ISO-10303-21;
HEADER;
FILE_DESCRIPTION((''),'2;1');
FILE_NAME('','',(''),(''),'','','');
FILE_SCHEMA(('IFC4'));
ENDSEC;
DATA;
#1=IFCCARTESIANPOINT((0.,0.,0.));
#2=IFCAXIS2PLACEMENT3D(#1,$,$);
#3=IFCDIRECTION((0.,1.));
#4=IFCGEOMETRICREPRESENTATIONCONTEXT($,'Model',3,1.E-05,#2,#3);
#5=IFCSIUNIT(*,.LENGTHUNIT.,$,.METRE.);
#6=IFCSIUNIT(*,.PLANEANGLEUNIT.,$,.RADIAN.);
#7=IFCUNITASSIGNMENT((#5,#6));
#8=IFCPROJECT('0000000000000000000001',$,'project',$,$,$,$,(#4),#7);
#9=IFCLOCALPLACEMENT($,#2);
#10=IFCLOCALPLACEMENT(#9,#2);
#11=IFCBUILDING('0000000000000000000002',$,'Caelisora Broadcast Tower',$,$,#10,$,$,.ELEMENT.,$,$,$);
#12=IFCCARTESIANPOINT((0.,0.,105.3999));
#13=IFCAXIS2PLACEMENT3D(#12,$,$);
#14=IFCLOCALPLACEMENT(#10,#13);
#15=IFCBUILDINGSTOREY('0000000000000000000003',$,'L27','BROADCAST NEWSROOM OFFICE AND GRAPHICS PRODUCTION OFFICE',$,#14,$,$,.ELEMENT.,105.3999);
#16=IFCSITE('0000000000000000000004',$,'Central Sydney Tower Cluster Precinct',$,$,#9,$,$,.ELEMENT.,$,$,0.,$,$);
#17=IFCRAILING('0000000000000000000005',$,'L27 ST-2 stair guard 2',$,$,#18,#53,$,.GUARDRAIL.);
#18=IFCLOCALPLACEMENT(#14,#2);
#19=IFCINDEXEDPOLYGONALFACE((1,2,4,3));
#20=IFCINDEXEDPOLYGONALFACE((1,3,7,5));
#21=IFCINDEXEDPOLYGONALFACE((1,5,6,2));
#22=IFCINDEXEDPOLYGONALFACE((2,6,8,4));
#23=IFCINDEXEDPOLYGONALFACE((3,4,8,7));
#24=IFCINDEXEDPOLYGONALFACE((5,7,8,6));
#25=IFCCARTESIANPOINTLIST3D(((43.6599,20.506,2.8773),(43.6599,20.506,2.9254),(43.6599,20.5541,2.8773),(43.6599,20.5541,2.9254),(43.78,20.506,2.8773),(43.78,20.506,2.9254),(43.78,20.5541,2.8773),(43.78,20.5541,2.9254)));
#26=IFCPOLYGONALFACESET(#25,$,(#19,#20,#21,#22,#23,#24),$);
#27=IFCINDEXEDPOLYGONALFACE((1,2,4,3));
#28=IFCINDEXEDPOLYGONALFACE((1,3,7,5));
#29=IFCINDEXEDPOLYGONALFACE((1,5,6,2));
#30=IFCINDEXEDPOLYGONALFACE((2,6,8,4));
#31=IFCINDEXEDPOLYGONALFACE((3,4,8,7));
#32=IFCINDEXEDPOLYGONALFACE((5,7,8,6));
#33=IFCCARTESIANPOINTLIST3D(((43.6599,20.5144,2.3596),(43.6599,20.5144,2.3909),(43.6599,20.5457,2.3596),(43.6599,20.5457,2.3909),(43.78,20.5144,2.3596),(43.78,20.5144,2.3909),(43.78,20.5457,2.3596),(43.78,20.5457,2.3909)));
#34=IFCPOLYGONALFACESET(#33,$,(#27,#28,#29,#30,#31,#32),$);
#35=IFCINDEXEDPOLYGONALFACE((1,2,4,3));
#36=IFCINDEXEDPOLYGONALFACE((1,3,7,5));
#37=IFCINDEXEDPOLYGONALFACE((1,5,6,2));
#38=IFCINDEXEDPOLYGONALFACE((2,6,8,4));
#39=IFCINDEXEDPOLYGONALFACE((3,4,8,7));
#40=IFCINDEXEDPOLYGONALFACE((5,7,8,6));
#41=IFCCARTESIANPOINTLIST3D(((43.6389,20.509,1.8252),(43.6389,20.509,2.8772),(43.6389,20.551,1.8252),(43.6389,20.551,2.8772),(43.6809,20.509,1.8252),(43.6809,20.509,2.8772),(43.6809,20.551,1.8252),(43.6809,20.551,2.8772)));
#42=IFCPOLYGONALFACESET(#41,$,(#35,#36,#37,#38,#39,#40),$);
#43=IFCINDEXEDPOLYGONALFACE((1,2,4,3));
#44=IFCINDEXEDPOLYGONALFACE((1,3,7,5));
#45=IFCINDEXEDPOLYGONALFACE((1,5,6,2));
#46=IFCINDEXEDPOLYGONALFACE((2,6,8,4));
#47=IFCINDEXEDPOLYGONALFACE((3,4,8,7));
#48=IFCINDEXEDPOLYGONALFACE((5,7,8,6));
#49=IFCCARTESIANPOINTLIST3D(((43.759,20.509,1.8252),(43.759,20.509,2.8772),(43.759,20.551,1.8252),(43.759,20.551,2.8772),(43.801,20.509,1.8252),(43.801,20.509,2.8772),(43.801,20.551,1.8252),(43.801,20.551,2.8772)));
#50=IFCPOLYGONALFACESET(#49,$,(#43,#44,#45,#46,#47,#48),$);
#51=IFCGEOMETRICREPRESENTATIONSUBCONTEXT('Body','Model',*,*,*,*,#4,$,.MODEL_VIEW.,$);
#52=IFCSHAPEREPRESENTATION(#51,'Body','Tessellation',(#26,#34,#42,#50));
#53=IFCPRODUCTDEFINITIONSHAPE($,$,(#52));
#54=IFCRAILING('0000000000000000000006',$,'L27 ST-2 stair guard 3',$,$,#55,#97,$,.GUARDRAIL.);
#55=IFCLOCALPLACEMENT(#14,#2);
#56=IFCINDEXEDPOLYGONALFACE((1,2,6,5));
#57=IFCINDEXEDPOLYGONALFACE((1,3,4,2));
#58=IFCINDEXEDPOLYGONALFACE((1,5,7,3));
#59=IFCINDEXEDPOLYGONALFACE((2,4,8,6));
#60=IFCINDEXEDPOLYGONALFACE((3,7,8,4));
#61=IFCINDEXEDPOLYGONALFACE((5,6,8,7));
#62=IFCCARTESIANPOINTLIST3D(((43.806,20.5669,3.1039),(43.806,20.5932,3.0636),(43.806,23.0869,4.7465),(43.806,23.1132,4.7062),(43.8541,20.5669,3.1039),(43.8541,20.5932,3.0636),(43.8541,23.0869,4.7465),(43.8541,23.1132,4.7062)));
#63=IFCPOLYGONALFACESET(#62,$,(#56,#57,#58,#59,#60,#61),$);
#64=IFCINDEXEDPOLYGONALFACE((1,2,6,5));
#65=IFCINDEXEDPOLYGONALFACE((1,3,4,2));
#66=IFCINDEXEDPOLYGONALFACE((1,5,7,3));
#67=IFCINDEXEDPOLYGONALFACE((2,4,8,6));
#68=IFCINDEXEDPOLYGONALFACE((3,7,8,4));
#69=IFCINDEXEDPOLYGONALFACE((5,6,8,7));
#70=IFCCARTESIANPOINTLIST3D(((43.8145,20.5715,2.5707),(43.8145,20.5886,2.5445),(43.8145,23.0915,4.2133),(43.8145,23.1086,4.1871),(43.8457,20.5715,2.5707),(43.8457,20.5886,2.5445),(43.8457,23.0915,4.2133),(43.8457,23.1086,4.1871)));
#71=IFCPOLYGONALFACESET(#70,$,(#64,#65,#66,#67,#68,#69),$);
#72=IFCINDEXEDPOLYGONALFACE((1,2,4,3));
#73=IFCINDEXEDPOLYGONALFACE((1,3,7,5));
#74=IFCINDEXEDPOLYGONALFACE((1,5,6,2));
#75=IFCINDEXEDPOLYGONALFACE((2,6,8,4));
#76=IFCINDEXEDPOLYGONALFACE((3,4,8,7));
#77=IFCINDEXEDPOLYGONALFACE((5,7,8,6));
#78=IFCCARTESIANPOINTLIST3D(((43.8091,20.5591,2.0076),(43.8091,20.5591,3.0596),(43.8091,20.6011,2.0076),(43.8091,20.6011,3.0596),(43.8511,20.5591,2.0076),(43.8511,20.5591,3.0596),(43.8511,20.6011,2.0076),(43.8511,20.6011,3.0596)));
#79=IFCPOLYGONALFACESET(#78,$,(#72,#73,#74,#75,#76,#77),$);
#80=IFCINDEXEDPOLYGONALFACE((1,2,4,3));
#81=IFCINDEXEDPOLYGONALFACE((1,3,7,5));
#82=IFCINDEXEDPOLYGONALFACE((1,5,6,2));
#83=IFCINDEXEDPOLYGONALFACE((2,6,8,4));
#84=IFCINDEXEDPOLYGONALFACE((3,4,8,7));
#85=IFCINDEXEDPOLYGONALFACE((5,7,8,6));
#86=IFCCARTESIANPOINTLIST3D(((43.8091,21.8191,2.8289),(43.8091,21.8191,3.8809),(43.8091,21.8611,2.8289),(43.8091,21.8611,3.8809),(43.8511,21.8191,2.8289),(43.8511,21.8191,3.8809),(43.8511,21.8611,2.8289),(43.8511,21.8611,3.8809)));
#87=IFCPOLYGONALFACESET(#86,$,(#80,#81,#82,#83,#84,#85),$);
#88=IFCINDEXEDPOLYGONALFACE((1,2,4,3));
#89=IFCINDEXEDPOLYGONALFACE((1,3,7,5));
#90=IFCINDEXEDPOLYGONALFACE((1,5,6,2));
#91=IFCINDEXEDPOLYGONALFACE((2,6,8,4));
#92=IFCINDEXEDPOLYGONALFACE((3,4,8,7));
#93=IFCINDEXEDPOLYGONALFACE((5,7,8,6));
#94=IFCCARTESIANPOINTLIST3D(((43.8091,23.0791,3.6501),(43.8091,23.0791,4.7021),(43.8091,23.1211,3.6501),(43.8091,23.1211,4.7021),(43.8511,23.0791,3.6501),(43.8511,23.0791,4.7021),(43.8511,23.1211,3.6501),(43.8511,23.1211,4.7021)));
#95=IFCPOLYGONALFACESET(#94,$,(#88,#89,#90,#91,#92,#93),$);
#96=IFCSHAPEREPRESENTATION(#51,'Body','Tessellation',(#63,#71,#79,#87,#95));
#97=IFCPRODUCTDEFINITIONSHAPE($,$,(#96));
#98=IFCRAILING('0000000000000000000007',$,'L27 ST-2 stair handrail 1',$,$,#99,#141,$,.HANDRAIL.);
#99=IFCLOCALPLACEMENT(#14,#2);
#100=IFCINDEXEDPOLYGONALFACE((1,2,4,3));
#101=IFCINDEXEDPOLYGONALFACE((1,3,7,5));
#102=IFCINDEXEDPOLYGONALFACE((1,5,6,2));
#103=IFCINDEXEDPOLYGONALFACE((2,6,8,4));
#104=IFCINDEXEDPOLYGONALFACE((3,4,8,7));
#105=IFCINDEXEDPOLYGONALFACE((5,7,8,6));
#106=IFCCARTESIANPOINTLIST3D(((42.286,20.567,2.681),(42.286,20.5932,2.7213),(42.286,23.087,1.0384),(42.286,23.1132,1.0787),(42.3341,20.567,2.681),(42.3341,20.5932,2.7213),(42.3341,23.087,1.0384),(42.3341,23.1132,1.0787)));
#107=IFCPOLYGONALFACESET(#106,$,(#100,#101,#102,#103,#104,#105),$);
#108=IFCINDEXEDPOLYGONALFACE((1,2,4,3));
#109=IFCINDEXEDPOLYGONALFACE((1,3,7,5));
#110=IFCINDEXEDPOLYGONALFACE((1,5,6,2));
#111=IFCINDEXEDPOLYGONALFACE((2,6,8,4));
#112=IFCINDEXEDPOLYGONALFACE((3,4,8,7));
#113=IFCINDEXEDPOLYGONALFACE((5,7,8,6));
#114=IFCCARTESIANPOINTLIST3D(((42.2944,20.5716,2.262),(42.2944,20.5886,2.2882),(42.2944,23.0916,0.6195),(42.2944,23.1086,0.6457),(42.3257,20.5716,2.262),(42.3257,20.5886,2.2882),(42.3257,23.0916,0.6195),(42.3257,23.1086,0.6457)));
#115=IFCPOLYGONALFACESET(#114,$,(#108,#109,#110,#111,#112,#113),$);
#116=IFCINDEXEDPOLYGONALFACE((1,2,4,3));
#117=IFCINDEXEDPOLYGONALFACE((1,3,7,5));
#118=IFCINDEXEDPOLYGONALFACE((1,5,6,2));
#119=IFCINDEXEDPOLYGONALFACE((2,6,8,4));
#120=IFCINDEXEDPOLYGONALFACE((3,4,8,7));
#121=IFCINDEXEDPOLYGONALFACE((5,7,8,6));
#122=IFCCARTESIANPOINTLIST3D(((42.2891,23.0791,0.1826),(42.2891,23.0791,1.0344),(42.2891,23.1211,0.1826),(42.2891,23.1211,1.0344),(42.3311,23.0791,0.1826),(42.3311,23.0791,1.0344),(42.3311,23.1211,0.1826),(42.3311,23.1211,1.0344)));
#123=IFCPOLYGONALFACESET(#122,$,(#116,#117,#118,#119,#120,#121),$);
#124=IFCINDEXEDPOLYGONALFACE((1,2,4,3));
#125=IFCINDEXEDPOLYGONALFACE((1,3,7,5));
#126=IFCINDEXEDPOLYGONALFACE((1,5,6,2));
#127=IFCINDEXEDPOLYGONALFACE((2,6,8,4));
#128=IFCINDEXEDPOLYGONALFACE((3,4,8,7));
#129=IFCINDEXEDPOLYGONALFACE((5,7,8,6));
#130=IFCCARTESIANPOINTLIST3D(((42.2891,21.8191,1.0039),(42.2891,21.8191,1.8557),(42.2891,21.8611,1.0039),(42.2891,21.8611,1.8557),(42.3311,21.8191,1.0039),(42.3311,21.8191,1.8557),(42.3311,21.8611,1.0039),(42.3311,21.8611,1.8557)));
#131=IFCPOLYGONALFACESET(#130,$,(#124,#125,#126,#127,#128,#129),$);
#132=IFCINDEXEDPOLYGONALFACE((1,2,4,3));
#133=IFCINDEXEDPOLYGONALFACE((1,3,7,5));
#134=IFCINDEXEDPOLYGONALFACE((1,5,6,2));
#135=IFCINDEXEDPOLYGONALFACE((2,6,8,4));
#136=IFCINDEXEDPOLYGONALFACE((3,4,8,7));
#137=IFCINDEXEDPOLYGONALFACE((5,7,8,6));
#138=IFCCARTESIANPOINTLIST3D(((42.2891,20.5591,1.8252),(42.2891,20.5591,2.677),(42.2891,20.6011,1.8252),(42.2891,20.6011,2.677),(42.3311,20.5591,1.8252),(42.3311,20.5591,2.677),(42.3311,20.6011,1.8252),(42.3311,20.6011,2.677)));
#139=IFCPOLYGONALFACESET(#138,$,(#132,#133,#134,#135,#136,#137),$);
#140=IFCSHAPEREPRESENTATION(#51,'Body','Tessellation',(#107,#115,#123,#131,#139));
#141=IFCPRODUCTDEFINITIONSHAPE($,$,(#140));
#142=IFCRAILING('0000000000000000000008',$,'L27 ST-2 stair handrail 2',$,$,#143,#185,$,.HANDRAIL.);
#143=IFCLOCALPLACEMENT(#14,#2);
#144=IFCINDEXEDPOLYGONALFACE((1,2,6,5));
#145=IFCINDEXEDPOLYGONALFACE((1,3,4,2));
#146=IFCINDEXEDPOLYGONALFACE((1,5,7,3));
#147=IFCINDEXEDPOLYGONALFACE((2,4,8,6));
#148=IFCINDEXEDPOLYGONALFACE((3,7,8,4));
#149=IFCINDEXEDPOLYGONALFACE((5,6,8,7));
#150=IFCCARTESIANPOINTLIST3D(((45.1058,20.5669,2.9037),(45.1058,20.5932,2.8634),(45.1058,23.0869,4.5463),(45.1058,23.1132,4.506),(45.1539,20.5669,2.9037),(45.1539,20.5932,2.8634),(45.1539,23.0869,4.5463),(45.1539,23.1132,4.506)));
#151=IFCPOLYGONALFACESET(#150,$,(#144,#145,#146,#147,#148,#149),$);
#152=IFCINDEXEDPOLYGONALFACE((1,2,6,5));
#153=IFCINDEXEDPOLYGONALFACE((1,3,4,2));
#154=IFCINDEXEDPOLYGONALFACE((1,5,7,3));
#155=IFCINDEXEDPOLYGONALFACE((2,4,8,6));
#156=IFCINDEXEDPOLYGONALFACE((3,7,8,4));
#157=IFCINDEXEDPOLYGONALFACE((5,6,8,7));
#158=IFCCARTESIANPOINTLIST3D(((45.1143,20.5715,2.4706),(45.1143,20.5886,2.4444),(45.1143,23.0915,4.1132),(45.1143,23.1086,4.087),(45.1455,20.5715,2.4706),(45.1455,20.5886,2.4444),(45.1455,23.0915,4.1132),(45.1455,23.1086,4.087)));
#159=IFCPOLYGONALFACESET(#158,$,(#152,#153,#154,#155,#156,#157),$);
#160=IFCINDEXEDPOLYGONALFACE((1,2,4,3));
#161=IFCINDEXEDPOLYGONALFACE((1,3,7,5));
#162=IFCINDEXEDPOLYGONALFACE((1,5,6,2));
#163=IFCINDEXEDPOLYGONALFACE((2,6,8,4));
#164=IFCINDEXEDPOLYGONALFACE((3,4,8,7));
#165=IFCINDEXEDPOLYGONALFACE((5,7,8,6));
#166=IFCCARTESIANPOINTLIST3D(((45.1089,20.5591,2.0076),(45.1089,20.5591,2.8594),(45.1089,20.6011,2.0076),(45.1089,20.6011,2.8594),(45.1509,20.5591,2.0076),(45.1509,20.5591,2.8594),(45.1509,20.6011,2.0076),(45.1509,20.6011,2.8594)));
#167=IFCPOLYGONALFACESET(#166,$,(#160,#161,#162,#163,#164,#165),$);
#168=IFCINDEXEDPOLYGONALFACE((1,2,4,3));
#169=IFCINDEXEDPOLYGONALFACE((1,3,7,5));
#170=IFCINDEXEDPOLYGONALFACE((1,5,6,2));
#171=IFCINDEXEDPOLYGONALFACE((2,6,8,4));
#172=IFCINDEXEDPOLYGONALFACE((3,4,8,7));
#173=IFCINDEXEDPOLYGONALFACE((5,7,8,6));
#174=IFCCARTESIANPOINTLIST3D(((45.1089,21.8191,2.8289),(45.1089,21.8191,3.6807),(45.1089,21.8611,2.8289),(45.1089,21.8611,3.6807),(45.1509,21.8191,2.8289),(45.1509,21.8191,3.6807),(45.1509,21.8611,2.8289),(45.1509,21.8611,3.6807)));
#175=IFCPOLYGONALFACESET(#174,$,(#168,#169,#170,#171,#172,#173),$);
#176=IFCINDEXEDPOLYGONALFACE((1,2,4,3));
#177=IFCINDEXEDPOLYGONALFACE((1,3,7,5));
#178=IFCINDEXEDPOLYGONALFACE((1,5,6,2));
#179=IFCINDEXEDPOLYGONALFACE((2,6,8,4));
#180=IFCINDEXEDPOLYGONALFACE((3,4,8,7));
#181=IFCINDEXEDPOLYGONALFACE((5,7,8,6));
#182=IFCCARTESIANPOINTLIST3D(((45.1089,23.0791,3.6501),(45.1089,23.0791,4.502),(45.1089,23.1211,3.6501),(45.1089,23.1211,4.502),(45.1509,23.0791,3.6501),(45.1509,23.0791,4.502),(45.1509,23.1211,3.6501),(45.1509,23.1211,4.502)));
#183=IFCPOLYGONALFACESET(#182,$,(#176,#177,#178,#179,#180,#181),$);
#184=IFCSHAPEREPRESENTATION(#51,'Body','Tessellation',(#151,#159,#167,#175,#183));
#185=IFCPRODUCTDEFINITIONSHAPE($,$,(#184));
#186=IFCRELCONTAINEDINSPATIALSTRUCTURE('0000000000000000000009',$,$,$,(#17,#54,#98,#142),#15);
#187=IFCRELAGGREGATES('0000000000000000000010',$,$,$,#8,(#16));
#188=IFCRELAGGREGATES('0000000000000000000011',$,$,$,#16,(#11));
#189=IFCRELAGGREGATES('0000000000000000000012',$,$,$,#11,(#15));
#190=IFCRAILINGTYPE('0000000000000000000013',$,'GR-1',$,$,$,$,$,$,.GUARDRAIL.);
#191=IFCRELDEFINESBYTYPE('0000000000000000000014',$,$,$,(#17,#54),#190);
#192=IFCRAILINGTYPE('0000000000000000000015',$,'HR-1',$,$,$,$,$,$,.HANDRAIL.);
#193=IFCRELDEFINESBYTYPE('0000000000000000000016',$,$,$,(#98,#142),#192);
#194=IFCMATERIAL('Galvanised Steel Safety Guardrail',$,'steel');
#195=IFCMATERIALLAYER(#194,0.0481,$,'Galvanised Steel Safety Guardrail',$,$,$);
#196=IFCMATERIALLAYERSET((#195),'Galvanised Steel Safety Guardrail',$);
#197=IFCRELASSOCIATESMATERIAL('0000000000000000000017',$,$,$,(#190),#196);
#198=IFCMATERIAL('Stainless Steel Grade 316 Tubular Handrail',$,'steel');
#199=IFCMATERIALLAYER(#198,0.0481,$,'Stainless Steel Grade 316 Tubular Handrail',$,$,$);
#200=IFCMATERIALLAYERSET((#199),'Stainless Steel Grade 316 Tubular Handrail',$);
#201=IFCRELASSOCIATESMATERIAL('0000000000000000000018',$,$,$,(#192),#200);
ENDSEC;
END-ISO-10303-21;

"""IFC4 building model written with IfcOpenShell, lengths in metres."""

from ifc_helpers import new_model, si_unit, direction, frame, origin, origin_2d, place, context, subcontext, project, spatial, rectangle, extrude, material, layer, layer_set, type_object, element, save


model = new_model("IFC4")

# Units and contexts
model_context = context("Model", 3, precision=1e-05, world=origin(), true_north=direction((0.0, 1.0)))
body_context = subcontext(model_context, "Body", "Model", "MODEL_VIEW")
ifc_project = project(units=[si_unit("LENGTHUNIT", "METRE"), si_unit("PLANEANGLEUNIT", "RADIAN")], contexts=[model_context])

# Site, building, storey
site_placement = place(None, origin())
site = spatial("IfcSite", under=ifc_project, at=site_placement, Name="Central Sydney Tower Cluster Precinct", CompositionType="ELEMENT", RefElevation=0.0)
building_placement = place(site_placement, origin())
building = spatial("IfcBuilding", under=site, at=building_placement, Name="Caelisora Broadcast Tower", CompositionType="ELEMENT")
storey_placement = place(building_placement, frame((0.0, 0.0, 105.3999)))
storey = spatial("IfcBuildingStorey", under=building, at=storey_placement, Name="L27", Description="BROADCAST NEWSROOM OFFICE AND GRAPHICS PRODUCTION OFFICE", CompositionType="ELEMENT", Elevation=105.3999)

# Railings
ifc_material_1 = material(Name="Galvanised Steel Safety Guardrail", Category="steel")
ifc_layer_1 = layer(ifc_material_1, 0.0481, Name="Galvanised Steel Safety Guardrail")
ifc_layer_set_1 = layer_set([ifc_layer_1], Name="Galvanised Steel Safety Guardrail")
railing_type_1 = type_object("IfcRailingType", Name="GR-1", PredefinedType="GUARDRAIL", material=ifc_layer_set_1)
railing_1_placement = place(storey_placement, frame((43.6599, 20.53, 1.8252)))
element("IfcRailing", 1, at=railing_1_placement, inside=storey, type_object=railing_type_1, Name="L27 ST-2 stair guard 2", PredefinedType="GUARDRAIL", context=body_context, shape_type="SweptSolid", body=[
    extrude(rectangle(XDim=0.0481, YDim=0.0481, at=origin_2d()), frame((0.0, 0.0, 1.0762), z_axis=(1.0, 0.0, 0.0), x_axis=(0.0, 1.0, 0.0)), (0.0, 0.0, 1.0), 0.1201),
    extrude(rectangle(XDim=0.0312, YDim=0.0312, at=origin_2d()), frame((0.0, 0.0, 0.55), z_axis=(1.0, 0.0, 0.0), x_axis=(0.0, 1.0, 0.0)), (0.0, 0.0, 1.0), 0.1201),
    extrude(rectangle(XDim=0.042, YDim=0.042, at=origin_2d()), origin(), (0.0, 0.0, 1.0), 1.052),
    extrude(rectangle(XDim=0.042, YDim=0.042, at=origin_2d()), frame((0.1201, 0.0, 0.0)), (0.0, 0.0, 1.0), 1.052),
])
railing_2_placement = place(storey_placement, frame((43.8301, 20.5801, 2.0076)))
element("IfcRailing", 2, at=railing_2_placement, inside=storey, type_object=railing_type_1, Name="L27 ST-2 stair guard 3", PredefinedType="GUARDRAIL", context=body_context, shape_type="SweptSolid", body=[
    extrude(rectangle(XDim=0.0481, YDim=0.0481, at=origin_2d()), frame((0.0, 0.0, 1.0762), z_axis=(0.0, 0.837749, 0.546055), x_axis=(-1.0, 0.0, 0.0)), (0.0, 0.0, 1.0), 3.0081),
    extrude(rectangle(XDim=0.0312, YDim=0.0312, at=origin_2d()), frame((0.0, 0.0, 0.55), z_axis=(0.0, 0.837749, 0.546055), x_axis=(-1.0, 0.0, 0.0)), (0.0, 0.0, 1.0), 3.0081),
    extrude(rectangle(XDim=0.042, YDim=0.042, at=origin_2d()), origin(), (0.0, 0.0, 1.0), 1.052),
    extrude(rectangle(XDim=0.042, YDim=0.042, at=origin_2d()), frame((0.0, 1.26, 0.8213)), (0.0, 0.0, 1.0), 1.052),
    extrude(rectangle(XDim=0.042, YDim=0.042, at=origin_2d()), frame((0.0, 2.52, 1.6426)), (0.0, 0.0, 1.0), 1.052),
])
ifc_material_2 = material(Name="Stainless Steel Grade 316 Tubular Handrail", Category="steel")
ifc_layer_2 = layer(ifc_material_2, 0.0481, Name="Stainless Steel Grade 316 Tubular Handrail")
ifc_layer_set_2 = layer_set([ifc_layer_2], Name="Stainless Steel Grade 316 Tubular Handrail")
railing_type_2 = type_object("IfcRailingType", Name="HR-1", PredefinedType="HANDRAIL", material=ifc_layer_set_2)
railing_3_placement = place(storey_placement, frame((42.3101, 23.1001, 0.1826)))
element("IfcRailing", 3, at=railing_3_placement, inside=storey, type_object=railing_type_2, Name="L27 ST-2 stair handrail 1", PredefinedType="HANDRAIL", context=body_context, shape_type="SweptSolid", body=[
    extrude(rectangle(XDim=0.0481, YDim=0.0481, at=origin_2d()), frame((0.0, 0.0, 0.876), z_axis=(0.0, -0.837749, 0.546055), x_axis=(1.0, 0.0, 0.0)), (0.0, 0.0, 1.0), 3.0081),
    extrude(rectangle(XDim=0.0312, YDim=0.0312, at=origin_2d()), frame((0.0, 0.0, 0.45), z_axis=(0.0, -0.837749, 0.546055), x_axis=(1.0, 0.0, 0.0)), (0.0, 0.0, 1.0), 3.0081),
    extrude(rectangle(XDim=0.042, YDim=0.042, at=origin_2d()), origin(), (0.0, 0.0, 1.0), 0.8518),
    extrude(rectangle(XDim=0.042, YDim=0.042, at=origin_2d()), frame((0.0, -1.26, 0.8213)), (0.0, 0.0, 1.0), 0.8518),
    extrude(rectangle(XDim=0.042, YDim=0.042, at=origin_2d()), frame((0.0, -2.52, 1.6426)), (0.0, 0.0, 1.0), 0.8518),
])
railing_4_placement = place(storey_placement, frame((45.1299, 20.5801, 2.0076)))
element("IfcRailing", 4, at=railing_4_placement, inside=storey, type_object=railing_type_2, Name="L27 ST-2 stair handrail 2", PredefinedType="HANDRAIL", context=body_context, shape_type="SweptSolid", body=[
    extrude(rectangle(XDim=0.0481, YDim=0.0481, at=origin_2d()), frame((0.0, 0.0, 0.876), z_axis=(0.0, 0.837749, 0.546055), x_axis=(-1.0, 0.0, 0.0)), (0.0, 0.0, 1.0), 3.0081),
    extrude(rectangle(XDim=0.0312, YDim=0.0312, at=origin_2d()), frame((0.0, 0.0, 0.45), z_axis=(0.0, 0.837749, 0.546055), x_axis=(-1.0, 0.0, 0.0)), (0.0, 0.0, 1.0), 3.0081),
    extrude(rectangle(XDim=0.042, YDim=0.042, at=origin_2d()), origin(), (0.0, 0.0, 1.0), 0.8518),
    extrude(rectangle(XDim=0.042, YDim=0.042, at=origin_2d()), frame((0.0, 1.26, 0.8213)), (0.0, 0.0, 1.0), 0.8518),
    extrude(rectangle(XDim=0.042, YDim=0.042, at=origin_2d()), frame((0.0, 2.52, 1.6426)), (0.0, 0.0, 1.0), 0.8518),
])

save(model, "model.ifc")
